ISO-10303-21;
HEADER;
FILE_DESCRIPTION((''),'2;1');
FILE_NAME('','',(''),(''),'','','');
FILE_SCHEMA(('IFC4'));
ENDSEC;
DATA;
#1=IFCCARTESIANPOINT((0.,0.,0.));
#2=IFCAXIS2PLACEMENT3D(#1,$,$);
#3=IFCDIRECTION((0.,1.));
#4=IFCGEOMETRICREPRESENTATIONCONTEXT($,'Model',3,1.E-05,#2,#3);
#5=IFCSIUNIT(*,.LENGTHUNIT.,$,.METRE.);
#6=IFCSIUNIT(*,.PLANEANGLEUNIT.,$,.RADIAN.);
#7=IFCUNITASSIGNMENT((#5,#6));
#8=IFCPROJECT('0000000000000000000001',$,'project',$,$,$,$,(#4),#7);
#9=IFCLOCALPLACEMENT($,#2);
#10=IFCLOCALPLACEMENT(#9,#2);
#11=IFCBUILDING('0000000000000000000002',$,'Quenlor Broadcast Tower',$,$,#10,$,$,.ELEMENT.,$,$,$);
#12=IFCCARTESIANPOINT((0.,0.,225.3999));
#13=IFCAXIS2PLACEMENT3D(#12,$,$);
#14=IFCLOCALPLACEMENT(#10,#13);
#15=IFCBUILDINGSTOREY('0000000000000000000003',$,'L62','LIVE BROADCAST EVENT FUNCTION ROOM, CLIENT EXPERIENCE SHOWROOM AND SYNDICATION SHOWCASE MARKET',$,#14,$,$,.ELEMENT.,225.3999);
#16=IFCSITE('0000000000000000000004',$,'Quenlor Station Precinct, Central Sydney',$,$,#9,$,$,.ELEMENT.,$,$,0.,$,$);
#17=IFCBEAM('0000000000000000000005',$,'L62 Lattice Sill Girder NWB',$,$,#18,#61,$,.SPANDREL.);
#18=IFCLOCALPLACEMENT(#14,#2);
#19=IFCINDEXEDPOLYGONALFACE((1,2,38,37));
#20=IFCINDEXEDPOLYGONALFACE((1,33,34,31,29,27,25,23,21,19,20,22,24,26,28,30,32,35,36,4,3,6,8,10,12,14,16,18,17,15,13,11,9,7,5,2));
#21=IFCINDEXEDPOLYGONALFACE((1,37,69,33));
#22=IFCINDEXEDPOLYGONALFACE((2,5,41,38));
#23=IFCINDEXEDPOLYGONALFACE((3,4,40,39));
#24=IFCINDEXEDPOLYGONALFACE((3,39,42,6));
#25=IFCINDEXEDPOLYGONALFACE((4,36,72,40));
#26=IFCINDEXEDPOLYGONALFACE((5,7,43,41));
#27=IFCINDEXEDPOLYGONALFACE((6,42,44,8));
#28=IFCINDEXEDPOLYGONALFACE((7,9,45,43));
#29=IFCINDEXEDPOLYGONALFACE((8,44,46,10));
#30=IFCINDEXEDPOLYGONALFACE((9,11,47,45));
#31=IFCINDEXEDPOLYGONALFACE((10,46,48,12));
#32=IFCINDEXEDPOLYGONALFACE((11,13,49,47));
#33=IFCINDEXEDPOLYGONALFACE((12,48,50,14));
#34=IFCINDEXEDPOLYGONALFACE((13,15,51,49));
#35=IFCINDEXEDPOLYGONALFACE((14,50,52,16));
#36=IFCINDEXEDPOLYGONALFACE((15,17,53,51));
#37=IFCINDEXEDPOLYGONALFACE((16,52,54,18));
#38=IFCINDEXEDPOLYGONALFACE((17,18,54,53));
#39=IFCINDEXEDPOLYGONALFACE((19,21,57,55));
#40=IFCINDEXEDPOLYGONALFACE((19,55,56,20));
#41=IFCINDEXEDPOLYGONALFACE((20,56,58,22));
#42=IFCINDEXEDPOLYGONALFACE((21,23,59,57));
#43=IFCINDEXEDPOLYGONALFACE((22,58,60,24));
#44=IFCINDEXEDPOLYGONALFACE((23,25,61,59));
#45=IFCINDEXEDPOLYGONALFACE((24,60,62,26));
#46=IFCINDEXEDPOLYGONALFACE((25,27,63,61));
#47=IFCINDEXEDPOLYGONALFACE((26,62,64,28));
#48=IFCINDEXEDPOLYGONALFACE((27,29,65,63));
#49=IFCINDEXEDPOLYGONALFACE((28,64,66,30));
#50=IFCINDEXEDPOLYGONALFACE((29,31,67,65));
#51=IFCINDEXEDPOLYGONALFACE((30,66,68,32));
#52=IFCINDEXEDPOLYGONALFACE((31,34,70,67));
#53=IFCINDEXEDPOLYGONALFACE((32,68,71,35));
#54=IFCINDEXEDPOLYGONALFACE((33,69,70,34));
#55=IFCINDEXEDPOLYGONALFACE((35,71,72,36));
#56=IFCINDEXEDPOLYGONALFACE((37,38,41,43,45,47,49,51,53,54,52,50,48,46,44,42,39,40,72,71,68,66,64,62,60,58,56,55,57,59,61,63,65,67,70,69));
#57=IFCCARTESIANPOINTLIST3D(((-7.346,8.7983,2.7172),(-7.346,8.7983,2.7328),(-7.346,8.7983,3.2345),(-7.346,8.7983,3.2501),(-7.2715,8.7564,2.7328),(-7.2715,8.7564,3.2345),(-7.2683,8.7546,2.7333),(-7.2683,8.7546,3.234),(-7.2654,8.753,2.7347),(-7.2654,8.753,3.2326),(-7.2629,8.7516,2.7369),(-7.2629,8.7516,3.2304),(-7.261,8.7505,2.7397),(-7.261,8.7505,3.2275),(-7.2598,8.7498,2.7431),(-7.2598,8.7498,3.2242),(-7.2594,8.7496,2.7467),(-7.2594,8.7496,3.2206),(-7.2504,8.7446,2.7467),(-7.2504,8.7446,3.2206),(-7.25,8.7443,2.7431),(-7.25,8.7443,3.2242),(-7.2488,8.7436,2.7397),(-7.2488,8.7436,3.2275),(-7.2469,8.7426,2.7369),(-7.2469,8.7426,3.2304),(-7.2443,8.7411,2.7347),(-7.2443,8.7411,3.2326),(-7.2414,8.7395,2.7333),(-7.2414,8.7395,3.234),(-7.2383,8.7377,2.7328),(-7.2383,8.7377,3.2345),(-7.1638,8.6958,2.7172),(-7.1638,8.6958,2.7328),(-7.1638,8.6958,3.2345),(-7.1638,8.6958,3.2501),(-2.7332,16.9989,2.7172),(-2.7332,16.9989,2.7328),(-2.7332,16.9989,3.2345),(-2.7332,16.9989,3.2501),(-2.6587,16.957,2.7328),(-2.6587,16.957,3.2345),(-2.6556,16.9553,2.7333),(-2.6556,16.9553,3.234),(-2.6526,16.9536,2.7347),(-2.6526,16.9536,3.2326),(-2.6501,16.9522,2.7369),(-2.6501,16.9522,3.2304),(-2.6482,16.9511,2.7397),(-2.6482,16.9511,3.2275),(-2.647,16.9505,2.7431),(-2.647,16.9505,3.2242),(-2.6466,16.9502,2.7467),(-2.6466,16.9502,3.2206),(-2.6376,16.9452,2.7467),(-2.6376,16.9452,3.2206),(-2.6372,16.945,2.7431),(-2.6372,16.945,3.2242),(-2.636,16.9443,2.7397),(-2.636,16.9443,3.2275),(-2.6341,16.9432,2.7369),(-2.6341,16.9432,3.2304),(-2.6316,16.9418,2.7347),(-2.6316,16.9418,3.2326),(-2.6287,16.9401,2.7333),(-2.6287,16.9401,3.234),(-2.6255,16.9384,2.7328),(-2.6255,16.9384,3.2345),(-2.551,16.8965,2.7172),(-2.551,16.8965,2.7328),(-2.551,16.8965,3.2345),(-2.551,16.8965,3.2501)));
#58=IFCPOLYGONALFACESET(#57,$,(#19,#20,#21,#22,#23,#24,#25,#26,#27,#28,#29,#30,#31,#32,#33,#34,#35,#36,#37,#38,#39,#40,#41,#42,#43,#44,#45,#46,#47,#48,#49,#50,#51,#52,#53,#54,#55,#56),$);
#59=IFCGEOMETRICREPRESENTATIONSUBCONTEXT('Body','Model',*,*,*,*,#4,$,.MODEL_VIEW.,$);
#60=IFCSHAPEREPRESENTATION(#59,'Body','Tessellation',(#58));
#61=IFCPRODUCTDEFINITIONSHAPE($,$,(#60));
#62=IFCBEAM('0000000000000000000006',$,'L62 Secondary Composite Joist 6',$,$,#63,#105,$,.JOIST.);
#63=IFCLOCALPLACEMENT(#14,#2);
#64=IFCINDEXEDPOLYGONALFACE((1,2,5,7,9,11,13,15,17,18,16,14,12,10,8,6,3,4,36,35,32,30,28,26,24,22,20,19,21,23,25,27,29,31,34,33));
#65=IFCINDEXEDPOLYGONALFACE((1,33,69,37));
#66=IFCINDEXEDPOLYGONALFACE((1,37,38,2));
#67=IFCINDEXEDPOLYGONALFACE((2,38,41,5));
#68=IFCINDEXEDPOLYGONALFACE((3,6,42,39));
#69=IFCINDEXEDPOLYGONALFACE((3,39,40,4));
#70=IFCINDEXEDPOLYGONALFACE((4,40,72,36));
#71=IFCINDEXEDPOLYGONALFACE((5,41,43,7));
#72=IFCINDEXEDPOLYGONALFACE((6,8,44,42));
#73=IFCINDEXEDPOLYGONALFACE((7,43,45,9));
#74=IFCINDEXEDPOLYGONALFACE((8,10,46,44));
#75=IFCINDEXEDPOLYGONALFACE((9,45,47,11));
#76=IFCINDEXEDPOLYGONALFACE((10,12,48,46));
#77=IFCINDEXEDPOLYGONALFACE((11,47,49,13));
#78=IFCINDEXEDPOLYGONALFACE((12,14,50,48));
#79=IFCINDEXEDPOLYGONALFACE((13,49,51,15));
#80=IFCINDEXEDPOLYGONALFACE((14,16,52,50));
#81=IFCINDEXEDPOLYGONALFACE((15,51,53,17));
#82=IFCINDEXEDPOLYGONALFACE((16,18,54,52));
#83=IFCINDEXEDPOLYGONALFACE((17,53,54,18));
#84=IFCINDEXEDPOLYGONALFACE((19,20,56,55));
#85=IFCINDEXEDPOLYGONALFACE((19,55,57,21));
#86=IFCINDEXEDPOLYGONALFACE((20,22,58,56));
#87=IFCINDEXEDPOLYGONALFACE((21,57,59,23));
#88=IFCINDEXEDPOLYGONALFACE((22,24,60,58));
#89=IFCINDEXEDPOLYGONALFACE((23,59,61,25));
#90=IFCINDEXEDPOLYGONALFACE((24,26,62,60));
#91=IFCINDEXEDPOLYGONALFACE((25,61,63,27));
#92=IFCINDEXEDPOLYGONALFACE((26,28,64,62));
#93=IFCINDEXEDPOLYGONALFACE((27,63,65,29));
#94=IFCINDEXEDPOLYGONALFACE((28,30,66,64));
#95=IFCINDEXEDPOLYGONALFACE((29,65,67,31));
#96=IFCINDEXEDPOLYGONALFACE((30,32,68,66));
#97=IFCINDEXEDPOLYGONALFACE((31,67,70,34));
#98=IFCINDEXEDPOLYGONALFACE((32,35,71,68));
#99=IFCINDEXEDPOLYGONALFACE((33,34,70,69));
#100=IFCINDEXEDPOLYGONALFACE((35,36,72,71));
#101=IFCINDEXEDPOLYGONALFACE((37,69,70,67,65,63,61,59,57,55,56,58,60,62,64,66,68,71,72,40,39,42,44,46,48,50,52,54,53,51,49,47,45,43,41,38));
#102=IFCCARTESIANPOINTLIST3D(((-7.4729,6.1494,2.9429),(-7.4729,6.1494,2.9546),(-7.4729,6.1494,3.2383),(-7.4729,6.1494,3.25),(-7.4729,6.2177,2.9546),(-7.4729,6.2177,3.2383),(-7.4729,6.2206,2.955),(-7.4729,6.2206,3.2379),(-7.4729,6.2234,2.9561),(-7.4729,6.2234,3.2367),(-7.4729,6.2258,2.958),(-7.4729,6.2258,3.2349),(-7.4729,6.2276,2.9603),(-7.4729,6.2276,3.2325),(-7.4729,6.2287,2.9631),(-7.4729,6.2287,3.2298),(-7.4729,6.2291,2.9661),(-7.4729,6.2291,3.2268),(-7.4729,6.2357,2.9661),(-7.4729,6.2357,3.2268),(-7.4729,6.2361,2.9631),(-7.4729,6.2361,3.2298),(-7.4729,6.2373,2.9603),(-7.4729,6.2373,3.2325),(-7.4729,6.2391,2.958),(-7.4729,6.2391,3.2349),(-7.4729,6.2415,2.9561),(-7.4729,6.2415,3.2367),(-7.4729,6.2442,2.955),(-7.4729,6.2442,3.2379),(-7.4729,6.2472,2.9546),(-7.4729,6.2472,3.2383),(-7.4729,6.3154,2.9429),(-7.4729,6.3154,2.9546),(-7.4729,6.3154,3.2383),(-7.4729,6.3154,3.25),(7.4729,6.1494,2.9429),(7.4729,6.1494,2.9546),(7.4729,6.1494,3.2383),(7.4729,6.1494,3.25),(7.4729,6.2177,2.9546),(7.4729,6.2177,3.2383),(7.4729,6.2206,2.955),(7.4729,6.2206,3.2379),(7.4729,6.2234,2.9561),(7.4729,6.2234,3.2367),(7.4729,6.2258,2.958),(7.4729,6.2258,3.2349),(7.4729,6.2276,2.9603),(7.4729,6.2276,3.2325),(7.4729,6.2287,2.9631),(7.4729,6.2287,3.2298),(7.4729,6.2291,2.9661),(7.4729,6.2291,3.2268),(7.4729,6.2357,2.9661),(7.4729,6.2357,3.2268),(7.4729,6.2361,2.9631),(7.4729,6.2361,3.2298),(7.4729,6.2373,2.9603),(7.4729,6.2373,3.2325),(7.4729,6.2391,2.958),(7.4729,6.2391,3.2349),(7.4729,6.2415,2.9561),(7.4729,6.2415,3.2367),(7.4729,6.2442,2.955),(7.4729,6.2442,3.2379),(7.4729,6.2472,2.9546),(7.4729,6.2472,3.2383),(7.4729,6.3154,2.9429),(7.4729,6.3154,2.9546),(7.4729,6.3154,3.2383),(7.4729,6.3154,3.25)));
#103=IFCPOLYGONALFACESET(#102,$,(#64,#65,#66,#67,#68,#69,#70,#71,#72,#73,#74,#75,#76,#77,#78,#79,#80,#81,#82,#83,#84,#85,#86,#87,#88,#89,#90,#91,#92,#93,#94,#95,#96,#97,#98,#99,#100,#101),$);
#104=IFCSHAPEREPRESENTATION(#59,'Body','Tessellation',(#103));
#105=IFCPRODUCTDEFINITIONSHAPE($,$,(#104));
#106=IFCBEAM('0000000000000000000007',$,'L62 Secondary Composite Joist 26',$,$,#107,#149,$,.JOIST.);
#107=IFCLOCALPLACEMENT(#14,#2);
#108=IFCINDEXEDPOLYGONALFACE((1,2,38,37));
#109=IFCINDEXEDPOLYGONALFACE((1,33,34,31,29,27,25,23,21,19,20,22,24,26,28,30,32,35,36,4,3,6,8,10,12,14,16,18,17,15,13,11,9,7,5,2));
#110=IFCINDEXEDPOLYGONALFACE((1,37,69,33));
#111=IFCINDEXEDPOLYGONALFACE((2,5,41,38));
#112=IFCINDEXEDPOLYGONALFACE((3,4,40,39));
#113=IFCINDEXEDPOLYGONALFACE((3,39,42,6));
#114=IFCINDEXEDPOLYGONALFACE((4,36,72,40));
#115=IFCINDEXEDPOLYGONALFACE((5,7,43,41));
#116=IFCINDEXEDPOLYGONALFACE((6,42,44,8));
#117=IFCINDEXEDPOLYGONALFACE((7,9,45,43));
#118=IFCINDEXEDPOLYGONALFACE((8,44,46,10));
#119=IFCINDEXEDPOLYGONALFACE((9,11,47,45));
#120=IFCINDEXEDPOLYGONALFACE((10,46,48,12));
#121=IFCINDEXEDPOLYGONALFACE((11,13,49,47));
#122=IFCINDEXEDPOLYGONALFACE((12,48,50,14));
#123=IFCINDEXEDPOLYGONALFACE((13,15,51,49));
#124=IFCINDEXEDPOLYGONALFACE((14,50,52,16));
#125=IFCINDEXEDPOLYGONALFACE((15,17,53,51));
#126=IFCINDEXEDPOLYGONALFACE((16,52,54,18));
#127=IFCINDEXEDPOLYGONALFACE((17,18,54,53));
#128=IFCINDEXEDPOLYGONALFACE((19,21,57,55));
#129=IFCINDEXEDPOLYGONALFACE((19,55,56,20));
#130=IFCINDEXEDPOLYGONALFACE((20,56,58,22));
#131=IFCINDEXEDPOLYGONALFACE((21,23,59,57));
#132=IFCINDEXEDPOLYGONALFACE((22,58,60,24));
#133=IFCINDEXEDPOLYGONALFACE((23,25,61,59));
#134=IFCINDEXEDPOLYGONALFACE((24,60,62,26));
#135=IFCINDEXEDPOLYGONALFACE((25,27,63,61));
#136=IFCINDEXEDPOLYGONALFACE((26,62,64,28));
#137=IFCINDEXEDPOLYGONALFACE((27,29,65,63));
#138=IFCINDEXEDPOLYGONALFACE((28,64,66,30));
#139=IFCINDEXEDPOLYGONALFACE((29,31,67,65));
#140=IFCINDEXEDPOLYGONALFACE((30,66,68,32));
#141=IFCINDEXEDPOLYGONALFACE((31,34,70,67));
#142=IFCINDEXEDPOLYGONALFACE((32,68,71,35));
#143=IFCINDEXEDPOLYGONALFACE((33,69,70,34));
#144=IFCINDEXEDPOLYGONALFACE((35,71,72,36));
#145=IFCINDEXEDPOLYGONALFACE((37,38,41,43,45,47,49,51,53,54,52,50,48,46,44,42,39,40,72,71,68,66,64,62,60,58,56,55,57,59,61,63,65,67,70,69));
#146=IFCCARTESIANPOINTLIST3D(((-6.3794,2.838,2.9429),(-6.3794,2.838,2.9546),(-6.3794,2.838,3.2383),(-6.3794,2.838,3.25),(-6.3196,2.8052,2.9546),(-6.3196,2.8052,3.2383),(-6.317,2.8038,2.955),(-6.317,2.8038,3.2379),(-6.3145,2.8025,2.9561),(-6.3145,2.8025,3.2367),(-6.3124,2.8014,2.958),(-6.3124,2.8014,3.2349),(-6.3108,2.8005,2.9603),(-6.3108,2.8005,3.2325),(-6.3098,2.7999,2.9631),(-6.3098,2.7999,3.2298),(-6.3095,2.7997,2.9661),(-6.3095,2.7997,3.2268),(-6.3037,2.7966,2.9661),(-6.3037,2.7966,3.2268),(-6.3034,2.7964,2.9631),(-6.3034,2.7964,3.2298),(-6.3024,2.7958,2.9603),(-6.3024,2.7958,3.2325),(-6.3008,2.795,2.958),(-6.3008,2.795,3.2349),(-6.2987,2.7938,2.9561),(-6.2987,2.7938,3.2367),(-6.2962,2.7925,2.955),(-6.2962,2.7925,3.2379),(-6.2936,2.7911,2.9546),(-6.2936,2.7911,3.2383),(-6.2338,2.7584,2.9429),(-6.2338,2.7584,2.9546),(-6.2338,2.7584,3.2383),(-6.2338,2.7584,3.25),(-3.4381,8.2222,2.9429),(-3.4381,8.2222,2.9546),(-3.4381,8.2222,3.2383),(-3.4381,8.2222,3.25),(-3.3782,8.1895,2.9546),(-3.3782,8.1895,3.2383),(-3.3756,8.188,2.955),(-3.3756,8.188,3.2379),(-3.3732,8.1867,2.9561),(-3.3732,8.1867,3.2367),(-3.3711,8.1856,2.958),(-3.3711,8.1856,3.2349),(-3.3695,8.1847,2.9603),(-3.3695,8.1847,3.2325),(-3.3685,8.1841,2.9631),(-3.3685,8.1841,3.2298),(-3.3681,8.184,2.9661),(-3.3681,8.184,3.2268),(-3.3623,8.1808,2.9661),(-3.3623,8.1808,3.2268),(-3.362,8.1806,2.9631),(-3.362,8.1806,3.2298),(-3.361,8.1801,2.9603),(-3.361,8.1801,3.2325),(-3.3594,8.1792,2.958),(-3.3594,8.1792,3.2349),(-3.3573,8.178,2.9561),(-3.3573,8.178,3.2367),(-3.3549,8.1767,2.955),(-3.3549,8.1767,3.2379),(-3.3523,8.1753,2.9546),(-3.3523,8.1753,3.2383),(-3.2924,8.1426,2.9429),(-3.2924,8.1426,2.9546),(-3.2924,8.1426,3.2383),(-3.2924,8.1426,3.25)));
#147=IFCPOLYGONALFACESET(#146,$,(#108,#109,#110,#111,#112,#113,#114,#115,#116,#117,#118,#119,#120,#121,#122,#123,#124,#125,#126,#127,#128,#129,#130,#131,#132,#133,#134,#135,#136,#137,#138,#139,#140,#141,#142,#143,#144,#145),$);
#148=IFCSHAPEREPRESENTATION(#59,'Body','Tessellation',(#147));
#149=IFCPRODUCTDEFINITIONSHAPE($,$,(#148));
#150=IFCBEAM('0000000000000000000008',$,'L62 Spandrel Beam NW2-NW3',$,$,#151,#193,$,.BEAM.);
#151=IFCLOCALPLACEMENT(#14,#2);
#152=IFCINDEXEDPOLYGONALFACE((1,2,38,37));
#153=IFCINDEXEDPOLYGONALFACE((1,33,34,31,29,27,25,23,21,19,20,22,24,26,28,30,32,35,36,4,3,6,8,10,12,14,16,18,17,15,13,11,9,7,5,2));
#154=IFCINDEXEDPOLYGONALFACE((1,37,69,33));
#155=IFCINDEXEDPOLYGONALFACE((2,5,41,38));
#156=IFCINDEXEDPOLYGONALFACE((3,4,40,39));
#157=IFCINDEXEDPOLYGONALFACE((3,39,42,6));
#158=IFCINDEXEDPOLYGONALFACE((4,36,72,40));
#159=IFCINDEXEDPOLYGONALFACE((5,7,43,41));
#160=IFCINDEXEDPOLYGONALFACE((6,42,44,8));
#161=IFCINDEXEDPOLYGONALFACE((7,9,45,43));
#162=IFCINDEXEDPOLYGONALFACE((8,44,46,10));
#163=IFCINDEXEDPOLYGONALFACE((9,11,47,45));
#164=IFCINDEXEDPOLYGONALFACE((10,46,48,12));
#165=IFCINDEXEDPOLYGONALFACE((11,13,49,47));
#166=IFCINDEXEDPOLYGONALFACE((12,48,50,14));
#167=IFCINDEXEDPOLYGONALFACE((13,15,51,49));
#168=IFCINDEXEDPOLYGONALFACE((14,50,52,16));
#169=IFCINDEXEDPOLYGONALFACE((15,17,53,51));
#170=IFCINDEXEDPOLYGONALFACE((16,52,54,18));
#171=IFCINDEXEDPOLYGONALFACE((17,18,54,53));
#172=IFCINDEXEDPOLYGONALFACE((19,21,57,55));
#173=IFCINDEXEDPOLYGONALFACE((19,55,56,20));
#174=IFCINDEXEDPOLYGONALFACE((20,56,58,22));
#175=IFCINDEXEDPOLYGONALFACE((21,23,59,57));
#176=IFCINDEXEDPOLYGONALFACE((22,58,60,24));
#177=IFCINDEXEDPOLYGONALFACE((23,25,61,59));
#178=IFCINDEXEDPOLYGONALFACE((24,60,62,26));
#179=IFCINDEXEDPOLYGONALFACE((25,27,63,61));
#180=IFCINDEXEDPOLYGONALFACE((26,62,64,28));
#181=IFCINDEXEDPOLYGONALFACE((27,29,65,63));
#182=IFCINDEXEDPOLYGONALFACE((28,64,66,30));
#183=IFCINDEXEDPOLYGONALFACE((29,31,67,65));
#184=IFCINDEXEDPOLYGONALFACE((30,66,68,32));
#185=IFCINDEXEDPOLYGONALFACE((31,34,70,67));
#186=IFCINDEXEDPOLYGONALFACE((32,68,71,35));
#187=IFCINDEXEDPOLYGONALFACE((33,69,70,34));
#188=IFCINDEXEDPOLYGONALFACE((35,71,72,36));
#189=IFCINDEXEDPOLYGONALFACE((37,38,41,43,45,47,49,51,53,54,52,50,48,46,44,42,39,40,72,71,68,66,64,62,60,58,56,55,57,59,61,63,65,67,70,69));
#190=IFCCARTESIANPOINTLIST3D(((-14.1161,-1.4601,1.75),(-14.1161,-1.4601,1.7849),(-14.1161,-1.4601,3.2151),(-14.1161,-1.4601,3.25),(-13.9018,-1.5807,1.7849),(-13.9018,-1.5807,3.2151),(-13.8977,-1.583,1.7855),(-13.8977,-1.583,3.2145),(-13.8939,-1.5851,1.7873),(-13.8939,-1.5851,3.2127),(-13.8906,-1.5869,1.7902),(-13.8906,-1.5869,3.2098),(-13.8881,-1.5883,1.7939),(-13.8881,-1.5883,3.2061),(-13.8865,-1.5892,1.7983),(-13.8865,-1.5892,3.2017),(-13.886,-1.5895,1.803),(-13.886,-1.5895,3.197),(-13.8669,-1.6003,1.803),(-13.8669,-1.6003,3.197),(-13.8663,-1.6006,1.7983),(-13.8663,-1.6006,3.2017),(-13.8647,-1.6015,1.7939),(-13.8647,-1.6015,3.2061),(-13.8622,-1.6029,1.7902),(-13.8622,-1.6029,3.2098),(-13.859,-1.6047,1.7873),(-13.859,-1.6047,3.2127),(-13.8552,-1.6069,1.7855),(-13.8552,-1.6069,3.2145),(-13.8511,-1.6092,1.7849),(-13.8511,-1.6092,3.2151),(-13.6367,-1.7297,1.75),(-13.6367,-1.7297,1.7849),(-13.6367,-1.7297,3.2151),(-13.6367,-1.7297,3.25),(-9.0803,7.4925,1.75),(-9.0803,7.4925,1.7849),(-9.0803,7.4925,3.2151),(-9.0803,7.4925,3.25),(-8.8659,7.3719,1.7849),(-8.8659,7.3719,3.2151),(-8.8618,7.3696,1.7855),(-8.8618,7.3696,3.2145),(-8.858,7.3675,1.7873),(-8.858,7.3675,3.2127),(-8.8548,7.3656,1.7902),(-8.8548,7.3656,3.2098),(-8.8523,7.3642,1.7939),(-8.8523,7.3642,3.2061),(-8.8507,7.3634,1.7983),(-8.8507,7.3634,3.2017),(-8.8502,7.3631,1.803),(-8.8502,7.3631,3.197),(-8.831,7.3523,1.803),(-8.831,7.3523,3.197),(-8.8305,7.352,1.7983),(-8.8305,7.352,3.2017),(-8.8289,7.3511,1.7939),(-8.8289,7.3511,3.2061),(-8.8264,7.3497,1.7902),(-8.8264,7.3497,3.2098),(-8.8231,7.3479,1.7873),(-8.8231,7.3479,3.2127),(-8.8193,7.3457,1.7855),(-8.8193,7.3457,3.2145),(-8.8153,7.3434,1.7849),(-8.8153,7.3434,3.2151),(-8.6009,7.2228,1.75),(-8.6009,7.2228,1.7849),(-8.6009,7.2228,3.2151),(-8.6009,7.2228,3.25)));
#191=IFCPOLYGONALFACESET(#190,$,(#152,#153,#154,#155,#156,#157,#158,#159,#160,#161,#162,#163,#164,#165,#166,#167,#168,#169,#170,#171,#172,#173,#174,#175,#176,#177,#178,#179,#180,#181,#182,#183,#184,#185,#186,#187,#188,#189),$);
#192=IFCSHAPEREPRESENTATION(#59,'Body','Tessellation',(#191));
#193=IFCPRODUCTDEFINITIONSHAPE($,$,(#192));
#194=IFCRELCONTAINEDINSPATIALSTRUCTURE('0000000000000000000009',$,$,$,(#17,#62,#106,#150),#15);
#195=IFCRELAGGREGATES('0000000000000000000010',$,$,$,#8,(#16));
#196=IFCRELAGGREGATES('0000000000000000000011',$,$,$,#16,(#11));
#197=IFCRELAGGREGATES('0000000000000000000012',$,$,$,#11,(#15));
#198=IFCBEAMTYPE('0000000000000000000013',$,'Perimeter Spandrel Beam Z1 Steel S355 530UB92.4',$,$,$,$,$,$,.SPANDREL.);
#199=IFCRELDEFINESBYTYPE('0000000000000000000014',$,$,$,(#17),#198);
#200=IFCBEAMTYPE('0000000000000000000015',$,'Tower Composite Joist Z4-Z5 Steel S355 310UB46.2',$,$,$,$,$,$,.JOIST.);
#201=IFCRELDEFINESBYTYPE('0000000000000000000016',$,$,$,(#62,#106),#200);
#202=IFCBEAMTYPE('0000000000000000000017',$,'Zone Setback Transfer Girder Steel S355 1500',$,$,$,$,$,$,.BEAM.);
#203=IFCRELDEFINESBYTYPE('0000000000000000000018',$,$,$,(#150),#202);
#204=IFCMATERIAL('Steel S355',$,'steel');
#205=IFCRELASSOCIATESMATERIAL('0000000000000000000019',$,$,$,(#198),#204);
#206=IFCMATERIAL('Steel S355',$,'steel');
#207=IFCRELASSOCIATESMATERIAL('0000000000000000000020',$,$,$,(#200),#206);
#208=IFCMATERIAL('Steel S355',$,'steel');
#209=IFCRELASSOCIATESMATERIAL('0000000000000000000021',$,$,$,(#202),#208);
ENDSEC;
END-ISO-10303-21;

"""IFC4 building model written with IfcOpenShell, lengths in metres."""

from ifc_helpers import new_model, si_unit, direction, frame, origin, origin_2d, place, context, subcontext, project, spatial, i_section, extrude, material, material_profile, profile_set, type_object, element, save


model = new_model("IFC4")

# Units and contexts
model_context = context("Model", 3, precision=1e-05, world=origin(), true_north=direction((0.0, 1.0)))
body_context = subcontext(model_context, "Body", "Model", "MODEL_VIEW")
ifc_project = project(units=[si_unit("LENGTHUNIT", "METRE"), si_unit("PLANEANGLEUNIT", "RADIAN")], contexts=[model_context])

# Site, building, storey
site_placement = place(None, origin())
site = spatial("IfcSite", under=ifc_project, at=site_placement, Name="Quenlor Station Precinct, Central Sydney", CompositionType="ELEMENT", RefElevation=0.0)
building_placement = place(site_placement, origin())
building = spatial("IfcBuilding", under=site, at=building_placement, Name="Quenlor Broadcast Tower", CompositionType="ELEMENT")
storey_placement = place(building_placement, frame((0.0, 0.0, 225.3999)))
storey = spatial("IfcBuildingStorey", under=building, at=storey_placement, Name="L62", Description="LIVE BROADCAST EVENT FUNCTION ROOM, CLIENT EXPERIENCE SHOWROOM AND SYNDICATION SHOWCASE MARKET", CompositionType="ELEMENT", Elevation=225.3999)

# Beams
ifc_material_1 = material(Name="Steel S355", Category="steel")
ifc_material_profile_1 = material_profile(ifc_material_1, i_section(OverallWidth=0.209, OverallDepth=0.533, WebThickness=0.0103, FlangeThickness=0.0156, FilletRadius=0.0139, at=origin_2d()))
ifc_profile_set_1 = profile_set([ifc_material_profile_1], Name="Steel S355 530UB92.4")
beam_type_1 = type_object("IfcBeamType", Name="Perimeter Spandrel Beam Z1 Steel S355 530UB92.4", PredefinedType="SPANDREL", material=ifc_profile_set_1)
beam_1_placement = place(storey_placement, frame((-7.2549, 8.7471, 2.9836), z_axis=(0.490254, 0.87158, 0.0), x_axis=(-0.87158, 0.490254, 0.0)))
element("IfcBeam", 1, at=beam_1_placement, inside=storey, type_object=beam_type_1, Name="L62 Lattice Sill Girder NWB", PredefinedType="SPANDREL", context=body_context, shape_type="SweptSolid", body=[
    extrude(i_section(OverallWidth=0.209, OverallDepth=0.533, WebThickness=0.0103, FlangeThickness=0.0156, FilletRadius=0.0139, at=origin_2d()), origin(), (0.0, 0.0, 1.0), 9.4089),
])
ifc_material_2 = material(Name="Steel S355", Category="steel")
ifc_material_profile_2 = material_profile(ifc_material_2, i_section(OverallWidth=0.166, OverallDepth=0.3071, WebThickness=0.0066, FlangeThickness=0.0117, FilletRadius=0.0115, at=origin_2d()))
ifc_profile_set_2 = profile_set([ifc_material_profile_2], Name="Steel S355 310UB46.2")
beam_type_2 = type_object("IfcBeamType", Name="Tower Composite Joist Z4-Z5 Steel S355 310UB46.2", PredefinedType="JOIST", material=ifc_profile_set_2)
beam_2_placement = place(storey_placement, frame((-7.4729, 6.2324, 3.0964), z_axis=(1.0, 0.0, 0.0), x_axis=(0.0, 1.0, 0.0)))
element("IfcBeam", 2, at=beam_2_placement, inside=storey, type_object=beam_type_2, Name="L62 Secondary Composite Joist 6", PredefinedType="JOIST", context=body_context, shape_type="SweptSolid", body=[
    extrude(i_section(OverallWidth=0.166, OverallDepth=0.3071, WebThickness=0.0066, FlangeThickness=0.0117, FilletRadius=0.0115, at=origin_2d()), origin(), (0.0, 0.0, 1.0), 14.9458),
])
beam_3_placement = place(storey_placement, frame((-3.3652, 8.1824, 3.0964), z_axis=(-0.479421, -0.877585, 0.0), x_axis=(0.877585, -0.479421, 0.0)))
element("IfcBeam", 3, at=beam_3_placement, inside=storey, type_object=beam_type_2, Name="L62 Secondary Composite Joist 26", PredefinedType="JOIST", context=body_context, shape_type="SweptSolid", body=[
    extrude(i_section(OverallWidth=0.166, OverallDepth=0.3071, WebThickness=0.0066, FlangeThickness=0.0117, FilletRadius=0.0115, at=origin_2d()), origin(), (0.0, 0.0, 1.0), 6.1353),
])
ifc_material_3 = material(Name="Steel S355", Category="steel")
ifc_material_profile_3 = material_profile(ifc_material_3, i_section(OverallWidth=0.55, OverallDepth=1.5, WebThickness=0.022, FlangeThickness=0.0349, FilletRadius=0.0181, at=origin_2d()))
ifc_profile_set_3 = profile_set([ifc_material_profile_3], Name="Steel S355 1500TG510")
beam_type_3 = type_object("IfcBeamType", Name="Zone Setback Transfer Girder Steel S355 1500", PredefinedType="BEAM", material=ifc_profile_set_3)
beam_4_placement = place(storey_placement, frame((-8.8406, 7.3577, 2.5), z_axis=(-0.490263, -0.871574, 0.0), x_axis=(0.871574, -0.490263, 0.0)))
element("IfcBeam", 4, at=beam_4_placement, inside=storey, type_object=beam_type_3, Name="L62 Spandrel Beam NW2-NW3", PredefinedType="BEAM", context=body_context, shape_type="SweptSolid", body=[
    extrude(i_section(OverallWidth=0.55, OverallDepth=1.5, WebThickness=0.022, FlangeThickness=0.0349, FilletRadius=0.0181, at=origin_2d()), origin(), (0.0, 0.0, 1.0), 10.2717),
])

save(model, "model.ifc")
